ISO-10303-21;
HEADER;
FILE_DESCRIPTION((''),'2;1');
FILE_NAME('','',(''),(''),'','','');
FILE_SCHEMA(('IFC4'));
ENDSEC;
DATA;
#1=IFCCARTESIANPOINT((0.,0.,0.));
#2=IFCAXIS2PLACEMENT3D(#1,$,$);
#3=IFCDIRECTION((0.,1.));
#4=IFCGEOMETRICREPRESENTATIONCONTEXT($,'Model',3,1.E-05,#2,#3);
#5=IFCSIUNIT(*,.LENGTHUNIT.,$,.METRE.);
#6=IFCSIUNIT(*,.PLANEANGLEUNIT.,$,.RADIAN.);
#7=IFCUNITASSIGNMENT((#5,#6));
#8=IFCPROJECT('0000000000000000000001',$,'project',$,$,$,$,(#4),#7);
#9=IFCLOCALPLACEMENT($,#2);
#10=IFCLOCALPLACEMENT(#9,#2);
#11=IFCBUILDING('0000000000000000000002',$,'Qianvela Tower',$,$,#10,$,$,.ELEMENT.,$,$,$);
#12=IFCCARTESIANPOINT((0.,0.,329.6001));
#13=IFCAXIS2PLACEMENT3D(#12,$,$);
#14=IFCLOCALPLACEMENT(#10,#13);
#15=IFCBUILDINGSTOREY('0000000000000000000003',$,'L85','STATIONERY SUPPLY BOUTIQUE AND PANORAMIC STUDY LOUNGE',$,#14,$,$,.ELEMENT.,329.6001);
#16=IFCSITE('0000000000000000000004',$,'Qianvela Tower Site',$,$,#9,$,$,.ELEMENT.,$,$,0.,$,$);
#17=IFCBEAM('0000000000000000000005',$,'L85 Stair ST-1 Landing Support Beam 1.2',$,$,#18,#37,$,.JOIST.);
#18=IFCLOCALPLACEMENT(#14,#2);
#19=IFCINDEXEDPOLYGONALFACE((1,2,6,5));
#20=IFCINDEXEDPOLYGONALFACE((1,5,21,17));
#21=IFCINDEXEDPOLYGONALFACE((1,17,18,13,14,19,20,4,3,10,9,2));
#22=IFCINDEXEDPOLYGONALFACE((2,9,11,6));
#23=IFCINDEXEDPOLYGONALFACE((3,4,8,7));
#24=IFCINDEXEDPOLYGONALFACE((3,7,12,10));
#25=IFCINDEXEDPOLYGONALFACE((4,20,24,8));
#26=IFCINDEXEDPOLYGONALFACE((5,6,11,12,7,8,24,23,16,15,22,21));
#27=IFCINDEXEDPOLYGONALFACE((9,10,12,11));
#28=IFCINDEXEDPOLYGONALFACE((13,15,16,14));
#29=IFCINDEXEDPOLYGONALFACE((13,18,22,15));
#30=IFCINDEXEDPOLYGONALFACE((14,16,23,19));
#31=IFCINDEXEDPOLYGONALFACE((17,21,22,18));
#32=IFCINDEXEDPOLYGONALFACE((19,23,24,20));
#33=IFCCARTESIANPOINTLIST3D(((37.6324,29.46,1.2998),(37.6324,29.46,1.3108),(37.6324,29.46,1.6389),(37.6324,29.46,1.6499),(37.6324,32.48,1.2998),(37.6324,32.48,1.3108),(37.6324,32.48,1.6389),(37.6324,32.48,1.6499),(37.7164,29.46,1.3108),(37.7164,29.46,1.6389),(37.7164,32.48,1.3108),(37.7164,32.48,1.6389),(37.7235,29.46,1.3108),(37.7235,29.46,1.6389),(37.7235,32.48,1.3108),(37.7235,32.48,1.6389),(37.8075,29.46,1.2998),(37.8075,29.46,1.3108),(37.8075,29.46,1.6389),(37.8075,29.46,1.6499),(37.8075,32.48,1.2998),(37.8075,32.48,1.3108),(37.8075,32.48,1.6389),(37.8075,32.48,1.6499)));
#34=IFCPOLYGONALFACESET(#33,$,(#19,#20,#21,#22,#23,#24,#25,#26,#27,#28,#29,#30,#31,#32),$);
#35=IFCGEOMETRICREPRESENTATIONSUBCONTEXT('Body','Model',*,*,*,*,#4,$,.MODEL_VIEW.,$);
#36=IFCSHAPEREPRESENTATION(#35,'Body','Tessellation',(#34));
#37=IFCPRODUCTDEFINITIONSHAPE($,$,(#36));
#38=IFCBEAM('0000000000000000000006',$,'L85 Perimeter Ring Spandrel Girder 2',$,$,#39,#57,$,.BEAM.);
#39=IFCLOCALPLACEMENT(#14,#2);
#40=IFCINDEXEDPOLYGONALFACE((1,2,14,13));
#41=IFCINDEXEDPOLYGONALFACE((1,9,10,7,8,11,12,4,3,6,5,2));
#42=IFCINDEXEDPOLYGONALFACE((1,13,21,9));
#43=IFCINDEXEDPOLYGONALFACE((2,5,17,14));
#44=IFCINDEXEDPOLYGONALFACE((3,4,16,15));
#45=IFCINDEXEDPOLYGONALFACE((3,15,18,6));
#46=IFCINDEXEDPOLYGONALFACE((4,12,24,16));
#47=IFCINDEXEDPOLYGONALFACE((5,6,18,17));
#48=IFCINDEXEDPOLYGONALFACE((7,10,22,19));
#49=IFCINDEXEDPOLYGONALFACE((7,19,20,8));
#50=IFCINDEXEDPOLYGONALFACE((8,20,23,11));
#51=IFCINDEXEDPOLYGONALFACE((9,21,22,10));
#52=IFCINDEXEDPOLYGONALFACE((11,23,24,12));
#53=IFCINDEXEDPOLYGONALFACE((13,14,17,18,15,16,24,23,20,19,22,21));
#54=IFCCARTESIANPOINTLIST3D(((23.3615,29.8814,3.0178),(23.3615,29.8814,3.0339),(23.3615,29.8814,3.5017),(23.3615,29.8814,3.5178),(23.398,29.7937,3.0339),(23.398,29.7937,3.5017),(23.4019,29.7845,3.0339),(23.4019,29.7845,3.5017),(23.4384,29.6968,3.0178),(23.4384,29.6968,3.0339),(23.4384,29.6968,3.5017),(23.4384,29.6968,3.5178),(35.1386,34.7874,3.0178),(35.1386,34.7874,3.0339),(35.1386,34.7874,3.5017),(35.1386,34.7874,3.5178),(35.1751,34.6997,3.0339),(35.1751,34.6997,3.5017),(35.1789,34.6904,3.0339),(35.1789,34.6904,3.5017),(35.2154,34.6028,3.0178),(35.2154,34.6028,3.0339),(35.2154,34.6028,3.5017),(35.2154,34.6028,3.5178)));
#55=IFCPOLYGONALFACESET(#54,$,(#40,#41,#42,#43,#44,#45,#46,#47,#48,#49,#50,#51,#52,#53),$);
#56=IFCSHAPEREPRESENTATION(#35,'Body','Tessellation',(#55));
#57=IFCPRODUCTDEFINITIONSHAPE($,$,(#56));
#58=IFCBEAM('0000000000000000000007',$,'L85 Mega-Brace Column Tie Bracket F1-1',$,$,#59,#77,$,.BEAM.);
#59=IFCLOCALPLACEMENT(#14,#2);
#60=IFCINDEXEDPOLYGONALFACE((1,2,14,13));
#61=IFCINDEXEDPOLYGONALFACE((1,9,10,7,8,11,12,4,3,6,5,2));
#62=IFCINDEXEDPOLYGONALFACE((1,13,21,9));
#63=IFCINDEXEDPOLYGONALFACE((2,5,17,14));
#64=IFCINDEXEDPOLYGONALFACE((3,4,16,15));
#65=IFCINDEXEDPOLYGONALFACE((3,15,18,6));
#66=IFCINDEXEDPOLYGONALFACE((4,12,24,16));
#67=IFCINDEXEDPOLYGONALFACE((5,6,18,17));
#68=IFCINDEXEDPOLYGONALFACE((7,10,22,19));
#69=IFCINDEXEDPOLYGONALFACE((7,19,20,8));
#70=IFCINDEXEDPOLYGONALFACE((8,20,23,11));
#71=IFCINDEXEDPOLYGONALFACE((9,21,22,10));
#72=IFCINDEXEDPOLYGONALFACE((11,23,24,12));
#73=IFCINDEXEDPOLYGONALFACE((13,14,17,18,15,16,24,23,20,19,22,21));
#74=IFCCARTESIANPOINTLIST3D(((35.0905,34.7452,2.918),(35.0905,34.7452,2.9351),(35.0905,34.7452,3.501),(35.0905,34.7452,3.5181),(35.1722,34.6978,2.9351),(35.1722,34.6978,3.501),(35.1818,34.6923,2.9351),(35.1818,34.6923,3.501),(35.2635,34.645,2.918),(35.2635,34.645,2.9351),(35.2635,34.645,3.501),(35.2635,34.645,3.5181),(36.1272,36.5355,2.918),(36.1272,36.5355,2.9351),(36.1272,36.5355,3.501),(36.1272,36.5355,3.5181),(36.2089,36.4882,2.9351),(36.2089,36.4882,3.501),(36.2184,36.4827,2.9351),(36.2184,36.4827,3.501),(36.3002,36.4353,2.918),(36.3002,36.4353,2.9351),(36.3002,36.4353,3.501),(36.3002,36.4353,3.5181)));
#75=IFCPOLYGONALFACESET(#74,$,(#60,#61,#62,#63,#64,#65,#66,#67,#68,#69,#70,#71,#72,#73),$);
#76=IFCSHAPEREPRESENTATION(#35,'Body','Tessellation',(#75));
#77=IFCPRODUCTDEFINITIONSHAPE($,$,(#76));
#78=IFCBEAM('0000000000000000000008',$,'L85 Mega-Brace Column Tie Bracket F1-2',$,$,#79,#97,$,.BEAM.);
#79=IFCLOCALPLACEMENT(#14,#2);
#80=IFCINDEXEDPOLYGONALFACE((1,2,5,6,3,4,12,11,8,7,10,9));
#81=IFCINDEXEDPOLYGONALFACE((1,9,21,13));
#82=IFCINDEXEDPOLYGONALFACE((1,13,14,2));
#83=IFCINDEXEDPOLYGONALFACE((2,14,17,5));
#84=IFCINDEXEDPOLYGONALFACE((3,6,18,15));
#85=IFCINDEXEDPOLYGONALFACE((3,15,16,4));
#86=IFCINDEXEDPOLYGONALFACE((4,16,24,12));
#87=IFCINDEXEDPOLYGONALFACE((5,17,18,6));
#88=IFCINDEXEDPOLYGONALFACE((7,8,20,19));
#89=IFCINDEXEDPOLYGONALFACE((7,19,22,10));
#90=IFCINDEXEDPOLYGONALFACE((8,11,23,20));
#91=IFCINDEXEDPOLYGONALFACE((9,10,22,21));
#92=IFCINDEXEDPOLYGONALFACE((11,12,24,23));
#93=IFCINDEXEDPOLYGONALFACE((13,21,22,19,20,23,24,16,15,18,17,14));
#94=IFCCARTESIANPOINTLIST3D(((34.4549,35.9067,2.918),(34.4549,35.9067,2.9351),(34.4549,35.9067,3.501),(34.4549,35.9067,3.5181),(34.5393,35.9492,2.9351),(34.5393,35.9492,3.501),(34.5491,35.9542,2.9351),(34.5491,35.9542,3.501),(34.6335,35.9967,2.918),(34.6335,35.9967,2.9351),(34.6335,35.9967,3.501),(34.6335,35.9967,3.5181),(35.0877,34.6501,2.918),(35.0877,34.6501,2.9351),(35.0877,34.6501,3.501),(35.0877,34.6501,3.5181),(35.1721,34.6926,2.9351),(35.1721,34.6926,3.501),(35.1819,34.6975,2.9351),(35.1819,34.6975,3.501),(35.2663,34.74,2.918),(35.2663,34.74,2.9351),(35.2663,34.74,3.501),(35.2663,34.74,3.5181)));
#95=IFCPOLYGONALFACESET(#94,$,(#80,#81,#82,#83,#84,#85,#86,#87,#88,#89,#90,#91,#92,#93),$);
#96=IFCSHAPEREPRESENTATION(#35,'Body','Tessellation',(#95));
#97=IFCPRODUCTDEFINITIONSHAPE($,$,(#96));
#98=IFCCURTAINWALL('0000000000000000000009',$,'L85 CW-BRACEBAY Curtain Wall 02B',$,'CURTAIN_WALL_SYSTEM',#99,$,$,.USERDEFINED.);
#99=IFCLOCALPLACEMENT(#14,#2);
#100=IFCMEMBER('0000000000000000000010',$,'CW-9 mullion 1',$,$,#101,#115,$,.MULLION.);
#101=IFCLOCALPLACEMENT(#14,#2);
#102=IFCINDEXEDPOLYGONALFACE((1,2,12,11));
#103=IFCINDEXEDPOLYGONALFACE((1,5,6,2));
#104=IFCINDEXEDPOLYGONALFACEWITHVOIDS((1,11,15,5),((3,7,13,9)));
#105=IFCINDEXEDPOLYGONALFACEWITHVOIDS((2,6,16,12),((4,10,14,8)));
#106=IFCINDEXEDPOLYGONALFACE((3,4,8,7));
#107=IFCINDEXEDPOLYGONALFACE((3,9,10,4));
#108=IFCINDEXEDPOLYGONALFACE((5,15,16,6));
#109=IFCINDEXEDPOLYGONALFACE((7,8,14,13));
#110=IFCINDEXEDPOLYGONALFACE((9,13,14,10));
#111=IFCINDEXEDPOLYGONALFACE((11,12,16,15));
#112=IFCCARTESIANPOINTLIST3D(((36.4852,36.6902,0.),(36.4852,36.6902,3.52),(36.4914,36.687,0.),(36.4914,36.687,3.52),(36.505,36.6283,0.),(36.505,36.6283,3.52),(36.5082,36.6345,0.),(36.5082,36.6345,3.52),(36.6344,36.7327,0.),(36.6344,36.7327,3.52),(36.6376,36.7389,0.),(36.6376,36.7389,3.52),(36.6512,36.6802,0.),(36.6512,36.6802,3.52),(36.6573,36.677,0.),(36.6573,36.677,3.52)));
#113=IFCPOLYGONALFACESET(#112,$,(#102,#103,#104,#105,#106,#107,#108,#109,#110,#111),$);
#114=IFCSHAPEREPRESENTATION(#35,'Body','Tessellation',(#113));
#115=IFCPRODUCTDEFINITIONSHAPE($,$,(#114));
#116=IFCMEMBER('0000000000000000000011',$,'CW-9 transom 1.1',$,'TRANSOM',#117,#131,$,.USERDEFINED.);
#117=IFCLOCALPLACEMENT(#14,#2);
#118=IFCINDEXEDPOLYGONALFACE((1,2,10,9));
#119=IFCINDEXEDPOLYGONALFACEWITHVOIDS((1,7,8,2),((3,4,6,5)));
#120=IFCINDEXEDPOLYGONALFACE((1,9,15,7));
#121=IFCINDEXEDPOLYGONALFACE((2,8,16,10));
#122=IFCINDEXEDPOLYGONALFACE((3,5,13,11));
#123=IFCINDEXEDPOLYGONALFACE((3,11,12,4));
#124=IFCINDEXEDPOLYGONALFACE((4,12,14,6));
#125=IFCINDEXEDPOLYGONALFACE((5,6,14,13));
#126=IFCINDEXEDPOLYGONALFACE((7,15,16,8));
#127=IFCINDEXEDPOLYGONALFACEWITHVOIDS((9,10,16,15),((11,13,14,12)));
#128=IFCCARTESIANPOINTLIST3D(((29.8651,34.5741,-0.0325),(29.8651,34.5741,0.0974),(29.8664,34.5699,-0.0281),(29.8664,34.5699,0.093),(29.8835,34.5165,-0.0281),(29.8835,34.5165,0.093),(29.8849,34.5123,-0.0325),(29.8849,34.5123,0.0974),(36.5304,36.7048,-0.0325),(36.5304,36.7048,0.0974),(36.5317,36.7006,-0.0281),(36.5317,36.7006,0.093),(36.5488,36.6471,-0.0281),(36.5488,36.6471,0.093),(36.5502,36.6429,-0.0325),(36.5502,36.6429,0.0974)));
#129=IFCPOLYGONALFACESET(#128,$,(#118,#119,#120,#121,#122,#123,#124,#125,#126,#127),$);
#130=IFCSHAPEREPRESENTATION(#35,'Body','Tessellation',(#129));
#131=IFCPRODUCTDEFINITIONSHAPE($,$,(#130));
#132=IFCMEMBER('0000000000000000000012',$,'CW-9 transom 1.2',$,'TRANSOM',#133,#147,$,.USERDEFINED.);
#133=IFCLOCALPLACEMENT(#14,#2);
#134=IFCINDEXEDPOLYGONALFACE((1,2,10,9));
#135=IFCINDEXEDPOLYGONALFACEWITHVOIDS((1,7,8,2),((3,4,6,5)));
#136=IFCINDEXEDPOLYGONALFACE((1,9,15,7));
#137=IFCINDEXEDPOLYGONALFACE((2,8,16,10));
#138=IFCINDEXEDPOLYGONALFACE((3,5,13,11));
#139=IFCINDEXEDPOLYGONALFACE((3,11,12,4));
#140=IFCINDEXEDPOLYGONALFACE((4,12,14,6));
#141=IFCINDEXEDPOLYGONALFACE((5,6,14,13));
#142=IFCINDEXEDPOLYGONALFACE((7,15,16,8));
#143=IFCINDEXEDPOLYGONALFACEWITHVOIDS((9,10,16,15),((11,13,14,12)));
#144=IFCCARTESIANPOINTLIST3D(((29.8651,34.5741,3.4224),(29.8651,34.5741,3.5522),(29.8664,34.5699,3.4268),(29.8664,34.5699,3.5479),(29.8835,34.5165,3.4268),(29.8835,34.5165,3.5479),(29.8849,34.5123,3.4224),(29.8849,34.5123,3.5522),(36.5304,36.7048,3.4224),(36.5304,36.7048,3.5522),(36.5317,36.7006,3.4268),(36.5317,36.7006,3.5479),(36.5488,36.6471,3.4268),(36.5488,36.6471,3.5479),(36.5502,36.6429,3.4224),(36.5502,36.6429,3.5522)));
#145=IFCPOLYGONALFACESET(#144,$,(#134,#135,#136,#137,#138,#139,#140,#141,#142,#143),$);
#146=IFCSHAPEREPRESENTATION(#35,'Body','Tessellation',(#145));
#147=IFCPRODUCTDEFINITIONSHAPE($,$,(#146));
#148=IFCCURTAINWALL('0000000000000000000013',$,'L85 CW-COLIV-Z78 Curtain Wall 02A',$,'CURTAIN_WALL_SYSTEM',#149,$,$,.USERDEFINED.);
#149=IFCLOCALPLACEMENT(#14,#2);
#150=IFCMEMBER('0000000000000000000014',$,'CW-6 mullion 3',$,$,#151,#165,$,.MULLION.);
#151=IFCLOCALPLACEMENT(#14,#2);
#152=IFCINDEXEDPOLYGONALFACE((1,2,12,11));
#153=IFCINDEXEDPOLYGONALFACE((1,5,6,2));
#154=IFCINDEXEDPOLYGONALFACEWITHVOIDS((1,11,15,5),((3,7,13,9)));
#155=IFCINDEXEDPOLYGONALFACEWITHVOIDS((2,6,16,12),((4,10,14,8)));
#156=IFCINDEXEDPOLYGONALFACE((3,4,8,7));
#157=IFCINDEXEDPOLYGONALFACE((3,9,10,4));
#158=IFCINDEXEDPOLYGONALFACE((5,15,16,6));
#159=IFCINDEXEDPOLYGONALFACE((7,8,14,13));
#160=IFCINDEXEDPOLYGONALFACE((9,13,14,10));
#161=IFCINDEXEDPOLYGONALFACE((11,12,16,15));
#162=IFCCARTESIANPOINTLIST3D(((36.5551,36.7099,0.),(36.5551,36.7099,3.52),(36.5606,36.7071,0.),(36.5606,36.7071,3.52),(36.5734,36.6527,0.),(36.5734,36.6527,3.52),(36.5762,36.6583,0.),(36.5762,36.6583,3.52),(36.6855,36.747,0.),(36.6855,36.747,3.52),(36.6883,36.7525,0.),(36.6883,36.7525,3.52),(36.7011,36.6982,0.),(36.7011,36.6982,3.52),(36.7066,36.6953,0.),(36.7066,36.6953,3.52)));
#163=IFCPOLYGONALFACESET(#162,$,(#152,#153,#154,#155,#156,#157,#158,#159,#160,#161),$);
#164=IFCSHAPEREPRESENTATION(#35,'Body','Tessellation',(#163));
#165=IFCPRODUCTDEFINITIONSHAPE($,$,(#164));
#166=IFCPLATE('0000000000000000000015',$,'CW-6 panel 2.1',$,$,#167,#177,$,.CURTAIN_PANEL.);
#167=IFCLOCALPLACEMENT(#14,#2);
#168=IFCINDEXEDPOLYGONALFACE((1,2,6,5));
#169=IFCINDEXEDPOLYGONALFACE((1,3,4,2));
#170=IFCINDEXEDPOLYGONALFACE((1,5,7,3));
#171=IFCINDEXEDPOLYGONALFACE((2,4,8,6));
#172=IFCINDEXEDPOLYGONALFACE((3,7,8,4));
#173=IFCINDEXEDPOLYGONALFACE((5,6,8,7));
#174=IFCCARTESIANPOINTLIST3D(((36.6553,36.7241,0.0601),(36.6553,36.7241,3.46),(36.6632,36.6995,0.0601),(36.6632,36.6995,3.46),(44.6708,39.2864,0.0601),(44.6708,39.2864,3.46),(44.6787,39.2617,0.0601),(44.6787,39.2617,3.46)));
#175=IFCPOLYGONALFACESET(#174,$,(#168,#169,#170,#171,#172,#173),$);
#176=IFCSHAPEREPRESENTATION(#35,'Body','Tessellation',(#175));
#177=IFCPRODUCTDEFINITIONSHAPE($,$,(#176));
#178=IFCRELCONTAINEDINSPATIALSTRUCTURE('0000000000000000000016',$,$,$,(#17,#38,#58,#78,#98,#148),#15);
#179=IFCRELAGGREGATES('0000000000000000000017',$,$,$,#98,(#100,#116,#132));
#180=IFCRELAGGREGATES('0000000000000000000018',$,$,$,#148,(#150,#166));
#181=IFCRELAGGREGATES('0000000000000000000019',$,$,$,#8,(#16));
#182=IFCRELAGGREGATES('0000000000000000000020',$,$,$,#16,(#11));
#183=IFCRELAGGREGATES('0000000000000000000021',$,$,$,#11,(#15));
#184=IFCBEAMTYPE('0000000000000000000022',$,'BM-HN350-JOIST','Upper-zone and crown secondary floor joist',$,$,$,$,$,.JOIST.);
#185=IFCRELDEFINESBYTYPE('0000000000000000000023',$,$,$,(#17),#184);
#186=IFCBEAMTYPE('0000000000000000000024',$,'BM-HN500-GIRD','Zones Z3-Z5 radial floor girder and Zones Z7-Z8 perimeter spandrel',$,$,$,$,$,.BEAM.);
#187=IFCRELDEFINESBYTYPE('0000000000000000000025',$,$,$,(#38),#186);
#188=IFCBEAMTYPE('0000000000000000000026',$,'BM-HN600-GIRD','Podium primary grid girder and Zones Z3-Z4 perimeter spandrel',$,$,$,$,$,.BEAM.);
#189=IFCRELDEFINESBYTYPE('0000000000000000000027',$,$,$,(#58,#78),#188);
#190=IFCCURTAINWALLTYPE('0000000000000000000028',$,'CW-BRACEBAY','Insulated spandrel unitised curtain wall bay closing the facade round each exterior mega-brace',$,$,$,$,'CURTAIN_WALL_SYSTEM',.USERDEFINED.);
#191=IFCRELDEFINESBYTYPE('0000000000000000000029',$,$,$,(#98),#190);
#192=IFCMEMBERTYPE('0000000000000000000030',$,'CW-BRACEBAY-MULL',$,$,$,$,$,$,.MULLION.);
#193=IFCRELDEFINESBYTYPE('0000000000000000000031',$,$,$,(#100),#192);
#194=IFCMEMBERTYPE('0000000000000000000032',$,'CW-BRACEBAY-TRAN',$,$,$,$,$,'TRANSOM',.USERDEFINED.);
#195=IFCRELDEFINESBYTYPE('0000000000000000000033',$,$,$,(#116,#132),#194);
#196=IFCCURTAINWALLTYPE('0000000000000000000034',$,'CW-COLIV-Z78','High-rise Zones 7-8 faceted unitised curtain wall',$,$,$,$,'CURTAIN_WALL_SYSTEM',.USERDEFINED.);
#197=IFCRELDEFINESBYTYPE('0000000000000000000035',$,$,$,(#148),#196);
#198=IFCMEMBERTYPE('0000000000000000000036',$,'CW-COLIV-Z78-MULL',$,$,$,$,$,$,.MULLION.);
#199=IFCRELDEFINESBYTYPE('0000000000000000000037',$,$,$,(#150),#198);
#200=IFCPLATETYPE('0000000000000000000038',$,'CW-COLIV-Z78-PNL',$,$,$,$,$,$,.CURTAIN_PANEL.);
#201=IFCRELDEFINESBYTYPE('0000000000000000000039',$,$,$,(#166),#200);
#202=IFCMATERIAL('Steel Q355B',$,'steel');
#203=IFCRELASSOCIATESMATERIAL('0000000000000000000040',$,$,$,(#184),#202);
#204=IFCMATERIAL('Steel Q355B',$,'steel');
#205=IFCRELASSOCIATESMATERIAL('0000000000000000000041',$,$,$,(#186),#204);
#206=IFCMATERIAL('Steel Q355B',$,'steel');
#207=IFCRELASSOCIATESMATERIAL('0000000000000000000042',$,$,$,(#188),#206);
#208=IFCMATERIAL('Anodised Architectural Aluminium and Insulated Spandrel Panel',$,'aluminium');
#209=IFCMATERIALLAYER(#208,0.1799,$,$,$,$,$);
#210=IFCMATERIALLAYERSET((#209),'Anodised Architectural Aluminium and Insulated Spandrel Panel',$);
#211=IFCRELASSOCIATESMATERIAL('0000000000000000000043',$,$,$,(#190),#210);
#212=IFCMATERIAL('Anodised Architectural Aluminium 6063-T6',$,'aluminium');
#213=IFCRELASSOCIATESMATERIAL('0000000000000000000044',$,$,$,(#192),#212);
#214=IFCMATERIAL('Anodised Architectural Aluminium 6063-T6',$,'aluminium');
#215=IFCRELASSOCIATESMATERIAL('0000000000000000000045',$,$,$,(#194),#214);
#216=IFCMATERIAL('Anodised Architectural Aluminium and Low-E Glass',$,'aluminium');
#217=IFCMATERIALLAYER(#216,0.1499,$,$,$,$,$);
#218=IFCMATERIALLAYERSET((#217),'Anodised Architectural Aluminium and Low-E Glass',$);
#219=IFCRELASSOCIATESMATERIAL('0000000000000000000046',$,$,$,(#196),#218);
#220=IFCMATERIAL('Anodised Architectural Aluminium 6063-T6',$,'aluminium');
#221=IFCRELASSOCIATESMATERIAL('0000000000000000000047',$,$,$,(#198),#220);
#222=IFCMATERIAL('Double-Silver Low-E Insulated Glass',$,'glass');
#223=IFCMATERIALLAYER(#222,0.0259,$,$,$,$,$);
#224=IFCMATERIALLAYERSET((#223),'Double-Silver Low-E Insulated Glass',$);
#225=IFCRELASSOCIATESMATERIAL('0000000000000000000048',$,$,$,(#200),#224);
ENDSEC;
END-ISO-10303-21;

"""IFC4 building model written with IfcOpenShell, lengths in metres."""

from ifc_helpers import new_model, si_unit, direction, frame, origin, origin_2d, place, context, subcontext, project, spatial, rectangle, hollow_rectangle, i_section, extrude, material, layer, layer_set, material_profile, profile_set, type_object, element, aggregate, save


model = new_model("IFC4")

# Units and contexts
model_context = context("Model", 3, precision=1e-05, world=origin(), true_north=direction((0.0, 1.0)))
body_context = subcontext(model_context, "Body", "Model", "MODEL_VIEW")
ifc_project = project(units=[si_unit("LENGTHUNIT", "METRE"), si_unit("PLANEANGLEUNIT", "RADIAN")], contexts=[model_context])

# Site, building, storey
site_placement = place(None, origin())
site = spatial("IfcSite", under=ifc_project, at=site_placement, Name="Qianvela Tower Site", CompositionType="ELEMENT", RefElevation=0.0)
building_placement = place(site_placement, origin())
building = spatial("IfcBuilding", under=site, at=building_placement, Name="Qianvela Tower", CompositionType="ELEMENT")
storey_placement = place(building_placement, frame((0.0, 0.0, 329.6001)))
storey = spatial("IfcBuildingStorey", under=building, at=storey_placement, Name="L85", Description="STATIONERY SUPPLY BOUTIQUE AND PANORAMIC STUDY LOUNGE", CompositionType="ELEMENT", Elevation=329.6001)

# Beams
ifc_material_1 = material(Name="Steel Q355B", Category="steel")
ifc_material_profile_1 = material_profile(ifc_material_1, i_section(OverallWidth=0.175, OverallDepth=0.3501, WebThickness=0.0071, FlangeThickness=0.011, at=origin_2d()), Name="HN350x175x7x11")
ifc_profile_set_1 = profile_set([ifc_material_profile_1], Name="Steel Q355B")
beam_type_1 = type_object("IfcBeamType", Name="BM-HN350-JOIST", Description="Upper-zone and crown secondary floor joist", PredefinedType="JOIST", material=ifc_profile_set_1)
for number, where, z_axis, x_axis, name in (
    (1, (37.72, 29.46, 1.4749), (0.0, 1.0, 0.0), (-1.0, 0.0, 0.0), "L85 Stair ST-1 Landing Support Beam 1.2"),
):
    element("IfcBeam", number, at=place(storey_placement, frame(where, z_axis=z_axis, x_axis=x_axis)), inside=storey, type_object=beam_type_1, Name=name, PredefinedType="JOIST", context=body_context, shape_type="SweptSolid", body=[
        extrude(i_section(OverallWidth=0.175, OverallDepth=0.3501, WebThickness=0.0071, FlangeThickness=0.011, at=origin_2d()), origin(), (0.0, 0.0, 1.0), 3.02),
    ])
ifc_material_2 = material(Name="Steel Q355B", Category="steel")
ifc_material_profile_2 = material_profile(ifc_material_2, i_section(OverallWidth=0.2, OverallDepth=0.5, WebThickness=0.01, FlangeThickness=0.0161, at=origin_2d()), Name="HN500x200x10x16")
ifc_profile_set_2 = profile_set([ifc_material_profile_2], Name="Steel Q355B")
beam_type_2 = type_object("IfcBeamType", Name="BM-HN500-GIRD", Description="Zones Z3-Z5 radial floor girder and Zones Z7-Z8 perimeter spandrel", PredefinedType="BEAM", material=ifc_profile_set_2)
beam_1_placement = place(storey_placement, frame((35.177, 34.6951, 3.2678), z_axis=(-0.923108, -0.384541, 0.0), x_axis=(0.384541, -0.923108, 0.0)))
element("IfcBeam", 2, at=beam_1_placement, inside=storey, type_object=beam_type_2, Name="L85 Perimeter Ring Spandrel Girder 2", PredefinedType="BEAM", context=body_context, shape_type="SweptSolid", body=[
    extrude(i_section(OverallWidth=0.2, OverallDepth=0.5, WebThickness=0.01, FlangeThickness=0.0161, at=origin_2d()), origin(), (0.0, 0.0, 1.0), 12.7581),
])
ifc_material_3 = material(Name="Steel Q355B", Category="steel")
ifc_material_profile_3 = material_profile(ifc_material_3, i_section(OverallWidth=0.2, OverallDepth=0.6001, WebThickness=0.011, FlangeThickness=0.0171, at=origin_2d()), Name="HN600x200x11x17")
ifc_profile_set_3 = profile_set([ifc_material_profile_3], Name="Steel Q355B")
beam_type_3 = type_object("IfcBeamType", Name="BM-HN600-GIRD", Description="Podium primary grid girder and Zones Z3-Z4 perimeter spandrel", PredefinedType="BEAM", material=ifc_profile_set_3)
beam_2_placement = place(storey_placement, frame((35.177, 34.6951, 3.218), z_axis=(0.501087, 0.865397, 0.0), x_axis=(-0.865397, 0.501087, 0.0)))
element("IfcBeam", 3, at=beam_2_placement, inside=storey, type_object=beam_type_3, Name="L85 Mega-Brace Column Tie Bracket F1-1", PredefinedType="BEAM", context=body_context, shape_type="SweptSolid", body=[
    extrude(i_section(OverallWidth=0.2, OverallDepth=0.6001, WebThickness=0.011, FlangeThickness=0.0171, at=origin_2d()), origin(), (0.0, 0.0, 1.0), 2.0688),
])
beam_3_placement = place(storey_placement, frame((35.177, 34.6951, 3.218), z_axis=(-0.44978, 0.893139, 0.0), x_axis=(-0.893139, -0.44978, 0.0)))
element("IfcBeam", 4, at=beam_3_placement, inside=storey, type_object=beam_type_3, Name="L85 Mega-Brace Column Tie Bracket F1-2", PredefinedType="BEAM", context=body_context, shape_type="SweptSolid", body=[
    extrude(i_section(OverallWidth=0.2, OverallDepth=0.6001, WebThickness=0.011, FlangeThickness=0.0171, at=origin_2d()), origin(), (0.0, 0.0, 1.0), 1.407),
])

# Curtain wall, members
ifc_material_4 = material(Name="Anodised Architectural Aluminium and Insulated Spandrel Panel", Category="aluminium")
ifc_layer_1 = layer(ifc_material_4, 0.1799)
ifc_layer_set_1 = layer_set([ifc_layer_1], Name="Anodised Architectural Aluminium and Insulated Spandrel Panel")
curtain_wall_type_1 = type_object("IfcCurtainWallType", Name="CW-BRACEBAY", Description="Insulated spandrel unitised curtain wall bay closing the facade round each exterior mega-brace", ElementType="CURTAIN_WALL_SYSTEM", PredefinedType="USERDEFINED", material=ifc_layer_set_1)
curtain_wall_1_placement = place(storey_placement, origin())
curtain_wall_1 = element("IfcCurtainWall", 5, at=curtain_wall_1_placement, inside=storey, type_object=curtain_wall_type_1, Name="L85 CW-BRACEBAY Curtain Wall 02B", ObjectType="CURTAIN_WALL_SYSTEM", PredefinedType="USERDEFINED")
ifc_material_5 = material(Name="Anodised Architectural Aluminium 6063-T6", Category="aluminium")
ifc_material_profile_4 = material_profile(ifc_material_5, hollow_rectangle(XDim=0.0649, YDim=0.1599, WallThickness=0.0049, at=origin_2d()), Name="ALU-MULL-65x160")
ifc_profile_set_4 = profile_set([ifc_material_profile_4], Name="Anodised Architectural Aluminium 6063-T6")
member_type_1 = type_object("IfcMemberType", Name="CW-BRACEBAY-MULL", PredefinedType="MULLION", material=ifc_profile_set_4)
member_1_placement = place(storey_placement, frame((36.5713, 36.6836, 0.0), z_axis=(0.0, 0.0, 1.0), x_axis=(0.304483, -0.952518, 0.0)))
member_1 = element("IfcMember", 6, at=member_1_placement, type_object=member_type_1, Name="CW-9 mullion 1", PredefinedType="MULLION", context=body_context, shape_type="SweptSolid", body=[
    extrude(hollow_rectangle(XDim=0.0649, YDim=0.1599, WallThickness=0.0049, at=origin_2d()), origin(), (0.0, 0.0, 1.0), 3.52),
])
ifc_material_6 = material(Name="Anodised Architectural Aluminium 6063-T6", Category="aluminium")
ifc_material_profile_5 = material_profile(ifc_material_6, hollow_rectangle(XDim=0.0649, YDim=0.1299, WallThickness=0.0044, at=origin_2d()), Name="ALU-TRAN-65x130")
ifc_profile_set_5 = profile_set([ifc_material_profile_5], Name="Anodised Architectural Aluminium 6063-T6")
member_type_2 = type_object("IfcMemberType", Name="CW-BRACEBAY-TRAN", ElementType="TRANSOM", PredefinedType="USERDEFINED", material=ifc_profile_set_5)
member_2_placement = place(storey_placement, frame((36.5403, 36.6738, 0.0325), z_axis=(-0.952518, -0.304481, 0.0), x_axis=(0.304481, -0.952518, 0.0)))
member_2 = element("IfcMember", 7, at=member_2_placement, type_object=member_type_2, Name="CW-9 transom 1.1", ObjectType="TRANSOM", PredefinedType="USERDEFINED", context=body_context, shape_type="SweptSolid", body=[
    extrude(hollow_rectangle(XDim=0.0649, YDim=0.1299, WallThickness=0.0044, at=origin_2d()), origin(), (0.0, 0.0, 1.0), 6.9976),
])
member_3_placement = place(storey_placement, frame((36.5403, 36.6738, 3.4873), z_axis=(-0.952518, -0.304481, 0.0), x_axis=(0.304481, -0.952518, 0.0)))
member_3 = element("IfcMember", 8, at=member_3_placement, type_object=member_type_2, Name="CW-9 transom 1.2", ObjectType="TRANSOM", PredefinedType="USERDEFINED", context=body_context, shape_type="SweptSolid", body=[
    extrude(hollow_rectangle(XDim=0.0649, YDim=0.1299, WallThickness=0.0044, at=origin_2d()), origin(), (0.0, 0.0, 1.0), 6.9976),
])
aggregate(curtain_wall_1, [member_1, member_2, member_3])

# Curtain wall, member, plate
ifc_material_7 = material(Name="Anodised Architectural Aluminium and Low-E Glass", Category="aluminium")
ifc_layer_2 = layer(ifc_material_7, 0.1499)
ifc_layer_set_2 = layer_set([ifc_layer_2], Name="Anodised Architectural Aluminium and Low-E Glass")
curtain_wall_type_2 = type_object("IfcCurtainWallType", Name="CW-COLIV-Z78", Description="High-rise Zones 7-8 faceted unitised curtain wall", ElementType="CURTAIN_WALL_SYSTEM", PredefinedType="USERDEFINED", material=ifc_layer_set_2)
curtain_wall_2_placement = place(storey_placement, origin())
curtain_wall_2 = element("IfcCurtainWall", 9, at=curtain_wall_2_placement, inside=storey, type_object=curtain_wall_type_2, Name="L85 CW-COLIV-Z78 Curtain Wall 02A", ObjectType="CURTAIN_WALL_SYSTEM", PredefinedType="USERDEFINED")
ifc_material_8 = material(Name="Anodised Architectural Aluminium 6063-T6", Category="aluminium")
ifc_material_profile_6 = material_profile(ifc_material_8, hollow_rectangle(XDim=0.0601, YDim=0.1399, WallThickness=0.0044, at=origin_2d()), Name="ALU-MULL-60x140")
ifc_profile_set_6 = profile_set([ifc_material_profile_6], Name="Anodised Architectural Aluminium 6063-T6")
member_type_3 = type_object("IfcMemberType", Name="CW-COLIV-Z78-MULL", PredefinedType="MULLION", material=ifc_profile_set_6)
member_4_placement = place(storey_placement, frame((36.6309, 36.7026, 0.0), z_axis=(0.0, 0.0, 1.0), x_axis=(0.304484, -0.952517, 0.0)))
member_4 = element("IfcMember", 10, at=member_4_placement, type_object=member_type_3, Name="CW-6 mullion 3", PredefinedType="MULLION", context=body_context, shape_type="SweptSolid", body=[
    extrude(hollow_rectangle(XDim=0.0601, YDim=0.1399, WallThickness=0.0044, at=origin_2d()), origin(), (0.0, 0.0, 1.0), 3.52),
])
ifc_material_9 = material(Name="Double-Silver Low-E Insulated Glass", Category="glass")
ifc_layer_3 = layer(ifc_material_9, 0.0259)
ifc_layer_set_3 = layer_set([ifc_layer_3], Name="Double-Silver Low-E Insulated Glass")
plate_type_1 = type_object("IfcPlateType", Name="CW-COLIV-Z78-PNL", PredefinedType="CURTAIN_PANEL", material=ifc_layer_set_3)
plate_1_placement = place(storey_placement, frame((40.667, 37.9929, 0.0601), z_axis=(0.0, 0.0, 1.0), x_axis=(-0.952517, -0.304484, 0.0)))
plate_1 = element("IfcPlate", 11, at=plate_1_placement, type_object=plate_type_1, Name="CW-6 panel 2.1", PredefinedType="CURTAIN_PANEL", context=body_context, shape_type="SweptSolid", body=[
    extrude(rectangle(XDim=8.415, YDim=0.0259, at=origin_2d()), origin(), (0.0, 0.0, 1.0), 3.3999),
])
aggregate(curtain_wall_2, [member_4, plate_1])

save(model, "model.ifc")
